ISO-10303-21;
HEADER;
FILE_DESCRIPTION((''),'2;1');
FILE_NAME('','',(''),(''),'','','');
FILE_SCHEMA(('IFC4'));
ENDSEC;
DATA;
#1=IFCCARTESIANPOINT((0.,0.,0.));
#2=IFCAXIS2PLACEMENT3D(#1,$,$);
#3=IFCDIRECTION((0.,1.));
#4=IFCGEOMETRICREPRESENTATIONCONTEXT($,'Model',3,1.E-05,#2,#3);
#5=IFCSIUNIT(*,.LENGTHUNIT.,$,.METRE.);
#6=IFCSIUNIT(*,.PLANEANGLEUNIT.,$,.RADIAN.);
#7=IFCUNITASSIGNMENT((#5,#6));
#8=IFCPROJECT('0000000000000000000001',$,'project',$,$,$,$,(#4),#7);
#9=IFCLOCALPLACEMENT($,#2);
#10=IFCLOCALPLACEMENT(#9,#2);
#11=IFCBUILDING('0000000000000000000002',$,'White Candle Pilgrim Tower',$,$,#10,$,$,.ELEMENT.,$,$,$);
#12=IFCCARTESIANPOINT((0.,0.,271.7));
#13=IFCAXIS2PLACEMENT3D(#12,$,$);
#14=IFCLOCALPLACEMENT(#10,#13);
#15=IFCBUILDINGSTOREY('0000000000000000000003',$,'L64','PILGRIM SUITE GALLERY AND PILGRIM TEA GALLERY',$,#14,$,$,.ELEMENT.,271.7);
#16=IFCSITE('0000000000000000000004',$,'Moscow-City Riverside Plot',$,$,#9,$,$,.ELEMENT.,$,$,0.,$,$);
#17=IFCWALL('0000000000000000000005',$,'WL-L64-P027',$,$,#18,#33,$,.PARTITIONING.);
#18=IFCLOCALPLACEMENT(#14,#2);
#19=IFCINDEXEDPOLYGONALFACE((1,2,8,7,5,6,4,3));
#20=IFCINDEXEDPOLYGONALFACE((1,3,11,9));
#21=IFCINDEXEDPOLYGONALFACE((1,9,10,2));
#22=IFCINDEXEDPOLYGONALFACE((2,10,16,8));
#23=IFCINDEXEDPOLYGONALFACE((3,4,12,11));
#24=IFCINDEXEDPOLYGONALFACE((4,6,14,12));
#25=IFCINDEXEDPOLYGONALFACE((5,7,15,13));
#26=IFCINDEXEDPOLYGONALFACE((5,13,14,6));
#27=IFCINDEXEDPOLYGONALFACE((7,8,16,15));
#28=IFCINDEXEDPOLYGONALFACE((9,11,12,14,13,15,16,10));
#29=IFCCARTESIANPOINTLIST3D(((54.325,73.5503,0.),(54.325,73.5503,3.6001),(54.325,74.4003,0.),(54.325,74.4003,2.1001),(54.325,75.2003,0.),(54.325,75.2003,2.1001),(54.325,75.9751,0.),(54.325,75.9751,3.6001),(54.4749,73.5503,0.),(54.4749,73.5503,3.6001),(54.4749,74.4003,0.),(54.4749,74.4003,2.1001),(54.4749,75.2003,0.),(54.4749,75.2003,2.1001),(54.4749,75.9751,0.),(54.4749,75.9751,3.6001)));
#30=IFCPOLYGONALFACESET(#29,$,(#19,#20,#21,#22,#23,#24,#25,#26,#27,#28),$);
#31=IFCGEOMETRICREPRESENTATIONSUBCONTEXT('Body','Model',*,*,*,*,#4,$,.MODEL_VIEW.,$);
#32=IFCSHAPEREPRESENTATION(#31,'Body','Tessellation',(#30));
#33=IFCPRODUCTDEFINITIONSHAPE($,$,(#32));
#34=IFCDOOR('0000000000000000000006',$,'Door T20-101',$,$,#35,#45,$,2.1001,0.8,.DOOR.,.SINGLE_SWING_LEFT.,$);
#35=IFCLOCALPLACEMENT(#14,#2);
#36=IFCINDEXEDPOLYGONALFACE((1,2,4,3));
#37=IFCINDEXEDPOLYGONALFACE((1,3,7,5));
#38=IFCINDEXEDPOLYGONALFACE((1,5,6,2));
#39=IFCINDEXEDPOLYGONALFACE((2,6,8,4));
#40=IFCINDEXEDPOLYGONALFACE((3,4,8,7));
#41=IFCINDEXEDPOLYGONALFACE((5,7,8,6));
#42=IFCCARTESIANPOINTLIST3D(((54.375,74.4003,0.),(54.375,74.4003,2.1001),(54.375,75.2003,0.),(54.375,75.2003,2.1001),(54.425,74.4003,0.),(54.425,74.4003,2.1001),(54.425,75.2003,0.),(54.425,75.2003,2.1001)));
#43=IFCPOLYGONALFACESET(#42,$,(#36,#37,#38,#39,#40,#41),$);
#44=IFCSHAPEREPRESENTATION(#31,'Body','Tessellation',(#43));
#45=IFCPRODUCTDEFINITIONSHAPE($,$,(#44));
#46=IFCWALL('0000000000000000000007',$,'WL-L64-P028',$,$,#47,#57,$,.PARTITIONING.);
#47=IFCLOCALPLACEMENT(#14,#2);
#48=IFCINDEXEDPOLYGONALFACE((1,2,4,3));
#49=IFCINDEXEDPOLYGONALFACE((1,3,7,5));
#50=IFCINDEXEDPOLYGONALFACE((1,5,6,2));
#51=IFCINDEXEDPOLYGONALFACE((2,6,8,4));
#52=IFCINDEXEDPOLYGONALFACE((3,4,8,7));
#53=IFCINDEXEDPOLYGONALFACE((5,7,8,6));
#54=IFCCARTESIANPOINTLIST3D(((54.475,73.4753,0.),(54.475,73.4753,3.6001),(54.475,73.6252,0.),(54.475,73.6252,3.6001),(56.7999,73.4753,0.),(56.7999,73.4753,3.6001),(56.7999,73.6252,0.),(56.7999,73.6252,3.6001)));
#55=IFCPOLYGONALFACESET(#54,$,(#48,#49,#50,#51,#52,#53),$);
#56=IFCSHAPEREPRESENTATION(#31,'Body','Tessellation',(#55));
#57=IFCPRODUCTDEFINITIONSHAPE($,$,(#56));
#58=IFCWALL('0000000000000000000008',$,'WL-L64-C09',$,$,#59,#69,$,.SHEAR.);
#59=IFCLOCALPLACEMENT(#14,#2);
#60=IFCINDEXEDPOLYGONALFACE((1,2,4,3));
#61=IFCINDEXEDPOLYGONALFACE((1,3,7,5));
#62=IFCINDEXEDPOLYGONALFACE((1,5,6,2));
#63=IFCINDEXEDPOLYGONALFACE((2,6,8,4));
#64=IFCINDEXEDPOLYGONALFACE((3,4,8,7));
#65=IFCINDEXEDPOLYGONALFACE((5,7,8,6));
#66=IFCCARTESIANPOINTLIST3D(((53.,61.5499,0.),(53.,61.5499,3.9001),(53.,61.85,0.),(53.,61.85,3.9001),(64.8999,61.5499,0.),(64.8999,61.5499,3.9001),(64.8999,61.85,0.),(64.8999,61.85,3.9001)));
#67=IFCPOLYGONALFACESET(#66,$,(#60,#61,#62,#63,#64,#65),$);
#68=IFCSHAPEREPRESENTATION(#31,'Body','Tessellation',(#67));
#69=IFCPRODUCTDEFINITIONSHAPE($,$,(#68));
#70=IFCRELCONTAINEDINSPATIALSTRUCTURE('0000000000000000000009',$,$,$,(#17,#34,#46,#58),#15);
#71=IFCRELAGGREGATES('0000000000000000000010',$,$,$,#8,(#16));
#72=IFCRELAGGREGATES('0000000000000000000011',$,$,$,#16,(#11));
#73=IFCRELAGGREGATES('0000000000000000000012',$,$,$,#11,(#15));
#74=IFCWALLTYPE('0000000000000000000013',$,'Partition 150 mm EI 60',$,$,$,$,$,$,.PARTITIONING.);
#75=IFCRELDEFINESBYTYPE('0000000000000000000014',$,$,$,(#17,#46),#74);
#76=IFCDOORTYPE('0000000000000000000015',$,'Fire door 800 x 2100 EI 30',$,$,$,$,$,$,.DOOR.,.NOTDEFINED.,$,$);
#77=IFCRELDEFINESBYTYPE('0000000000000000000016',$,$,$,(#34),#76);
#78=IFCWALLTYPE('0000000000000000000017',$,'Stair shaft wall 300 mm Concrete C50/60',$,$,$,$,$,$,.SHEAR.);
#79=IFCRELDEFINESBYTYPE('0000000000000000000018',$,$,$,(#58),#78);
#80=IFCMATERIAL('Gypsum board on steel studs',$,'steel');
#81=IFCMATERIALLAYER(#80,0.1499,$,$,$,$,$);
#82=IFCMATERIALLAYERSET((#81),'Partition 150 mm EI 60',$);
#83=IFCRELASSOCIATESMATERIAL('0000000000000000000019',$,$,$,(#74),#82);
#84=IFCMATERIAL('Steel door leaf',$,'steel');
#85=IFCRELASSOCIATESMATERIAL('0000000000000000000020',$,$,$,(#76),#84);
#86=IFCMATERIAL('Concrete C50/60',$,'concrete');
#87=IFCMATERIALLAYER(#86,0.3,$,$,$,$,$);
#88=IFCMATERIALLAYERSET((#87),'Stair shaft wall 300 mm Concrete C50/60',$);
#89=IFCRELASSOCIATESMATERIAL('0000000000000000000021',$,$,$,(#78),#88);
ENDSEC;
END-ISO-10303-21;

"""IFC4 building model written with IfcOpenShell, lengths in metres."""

from ifc_helpers import new_model, si_unit, direction, frame, frame_2d, origin, place, context, subcontext, project, spatial, rectangle, extrude, material, layer, layer_set, type_object, element, fill, save


model = new_model("IFC4")

# Units and contexts
model_context = context("Model", 3, precision=1e-05, world=origin(), true_north=direction((0.0, 1.0)))
body_context = subcontext(model_context, "Body", "Model", "MODEL_VIEW")
ifc_project = project(units=[si_unit("LENGTHUNIT", "METRE"), si_unit("PLANEANGLEUNIT", "RADIAN")], contexts=[model_context])

# Site, building, storey
site_placement = place(None, origin())
site = spatial("IfcSite", under=ifc_project, at=site_placement, Name="Moscow-City Riverside Plot", CompositionType="ELEMENT", RefElevation=0.0)
building_placement = place(site_placement, origin())
building = spatial("IfcBuilding", under=site, at=building_placement, Name="White Candle Pilgrim Tower", CompositionType="ELEMENT")
storey_placement = place(building_placement, frame((0.0, 0.0, 271.7)))
storey = spatial("IfcBuildingStorey", under=building, at=storey_placement, Name="L64", Description="PILGRIM SUITE GALLERY AND PILGRIM TEA GALLERY", CompositionType="ELEMENT", Elevation=271.7)

# Shared definitions
ifc_material_1 = material(Name="Concrete C50/60", Category="concrete")

# Shared definitions
ifc_material_2 = material(Name="Gypsum board on steel studs", Category="steel")
ifc_material_3 = material(Name="Steel door leaf", Category="steel")

# Shared definitions
ifc_layer_1 = layer(ifc_material_2, 0.1499)
ifc_layer_set_1 = layer_set([ifc_layer_1], Name="Partition 150 mm EI 60")
wall_type_1 = type_object("IfcWallType", Name="Partition 150 mm EI 60", PredefinedType="PARTITIONING", material=ifc_layer_set_1)

# Wall, opening, door
wall_1_placement = place(storey_placement, frame((54.3999, 73.5503, 0.0), z_axis=(0.0, 0.0, 1.0), x_axis=(0.0, 1.0, 0.0)))
wall_1 = element("IfcWall", 1, at=wall_1_placement, inside=storey, type_object=wall_type_1, Name="WL-L64-P027", PredefinedType="PARTITIONING", context=body_context, shape_type="SweptSolid", body=[
    extrude(rectangle(XDim=2.4248, YDim=0.1499, at=frame_2d((1.2124, 0.0))), origin(), (0.0, 0.0, 1.0), 3.6001),
])
opening_1_placement = place(wall_1_placement, frame((0.8501, 0.0, 0.0)))
opening_1 = element("IfcOpeningElement", 2, at=opening_1_placement, cuts=wall_1, PredefinedType="OPENING", context=body_context, shape_type="SweptSolid", body=[
    extrude(rectangle(XDim=0.8, YDim=2.1001, at=frame_2d((0.3999, 1.05))), frame((0.0, 0.085, 0.0), z_axis=(0.0, -1.0, 0.0), x_axis=(1.0, 0.0, 0.0)), (0.0, 0.0, 1.0), 0.1699),
])
door_type_1 = type_object("IfcDoorType", Name="Fire door 800 x 2100 EI 30", OperationType="NOTDEFINED", PredefinedType="DOOR", material=ifc_material_3)
door_1_placement = place(opening_1_placement, origin())
door_1 = element("IfcDoor", 3, at=door_1_placement, inside=storey, type_object=door_type_1, Name="Door T20-101", OperationType="SINGLE_SWING_LEFT", OverallHeight=2.1001, OverallWidth=0.8, PredefinedType="DOOR", context=body_context, shape_type="SweptSolid", body=[
    extrude(rectangle(XDim=0.8, YDim=2.1001, at=frame_2d((0.3999, 1.05))), frame((0.0, 0.0249, 0.0), z_axis=(0.0, -1.0, 0.0), x_axis=(1.0, 0.0, 0.0)), (0.0, 0.0, 1.0), 0.05),
])
fill(opening_1, door_1)

# Walls
wall_2_placement = place(storey_placement, frame((56.8, 73.5503, 0.0), z_axis=(0.0, 0.0, 1.0), x_axis=(-1.0, 0.0, 0.0)))
element("IfcWall", 4, at=wall_2_placement, inside=storey, type_object=wall_type_1, Name="WL-L64-P028", PredefinedType="PARTITIONING", context=body_context, shape_type="SweptSolid", body=[
    extrude(rectangle(XDim=2.325, YDim=0.1499, at=frame_2d((1.1626, 0.0))), origin(), (0.0, 0.0, 1.0), 3.6001),
])
ifc_layer_2 = layer(ifc_material_1, 0.3)
ifc_layer_set_2 = layer_set([ifc_layer_2], Name="Stair shaft wall 300 mm Concrete C50/60")
wall_type_2 = type_object("IfcWallType", Name="Stair shaft wall 300 mm Concrete C50/60", PredefinedType="SHEAR", material=ifc_layer_set_2)
wall_3_placement = place(storey_placement, frame((53.0, 61.7, 0.0), z_axis=(0.0, 0.0, 1.0), x_axis=(1.0, 0.0, 0.0)))
element("IfcWall", 5, at=wall_3_placement, inside=storey, type_object=wall_type_2, Name="WL-L64-C09", PredefinedType="SHEAR", context=body_context, shape_type="SweptSolid", body=[
    extrude(rectangle(XDim=11.8999, YDim=0.3, at=frame_2d((5.95, 0.0))), origin(), (0.0, 0.0, 1.0), 3.9001),
])

save(model, "model.ifc")
